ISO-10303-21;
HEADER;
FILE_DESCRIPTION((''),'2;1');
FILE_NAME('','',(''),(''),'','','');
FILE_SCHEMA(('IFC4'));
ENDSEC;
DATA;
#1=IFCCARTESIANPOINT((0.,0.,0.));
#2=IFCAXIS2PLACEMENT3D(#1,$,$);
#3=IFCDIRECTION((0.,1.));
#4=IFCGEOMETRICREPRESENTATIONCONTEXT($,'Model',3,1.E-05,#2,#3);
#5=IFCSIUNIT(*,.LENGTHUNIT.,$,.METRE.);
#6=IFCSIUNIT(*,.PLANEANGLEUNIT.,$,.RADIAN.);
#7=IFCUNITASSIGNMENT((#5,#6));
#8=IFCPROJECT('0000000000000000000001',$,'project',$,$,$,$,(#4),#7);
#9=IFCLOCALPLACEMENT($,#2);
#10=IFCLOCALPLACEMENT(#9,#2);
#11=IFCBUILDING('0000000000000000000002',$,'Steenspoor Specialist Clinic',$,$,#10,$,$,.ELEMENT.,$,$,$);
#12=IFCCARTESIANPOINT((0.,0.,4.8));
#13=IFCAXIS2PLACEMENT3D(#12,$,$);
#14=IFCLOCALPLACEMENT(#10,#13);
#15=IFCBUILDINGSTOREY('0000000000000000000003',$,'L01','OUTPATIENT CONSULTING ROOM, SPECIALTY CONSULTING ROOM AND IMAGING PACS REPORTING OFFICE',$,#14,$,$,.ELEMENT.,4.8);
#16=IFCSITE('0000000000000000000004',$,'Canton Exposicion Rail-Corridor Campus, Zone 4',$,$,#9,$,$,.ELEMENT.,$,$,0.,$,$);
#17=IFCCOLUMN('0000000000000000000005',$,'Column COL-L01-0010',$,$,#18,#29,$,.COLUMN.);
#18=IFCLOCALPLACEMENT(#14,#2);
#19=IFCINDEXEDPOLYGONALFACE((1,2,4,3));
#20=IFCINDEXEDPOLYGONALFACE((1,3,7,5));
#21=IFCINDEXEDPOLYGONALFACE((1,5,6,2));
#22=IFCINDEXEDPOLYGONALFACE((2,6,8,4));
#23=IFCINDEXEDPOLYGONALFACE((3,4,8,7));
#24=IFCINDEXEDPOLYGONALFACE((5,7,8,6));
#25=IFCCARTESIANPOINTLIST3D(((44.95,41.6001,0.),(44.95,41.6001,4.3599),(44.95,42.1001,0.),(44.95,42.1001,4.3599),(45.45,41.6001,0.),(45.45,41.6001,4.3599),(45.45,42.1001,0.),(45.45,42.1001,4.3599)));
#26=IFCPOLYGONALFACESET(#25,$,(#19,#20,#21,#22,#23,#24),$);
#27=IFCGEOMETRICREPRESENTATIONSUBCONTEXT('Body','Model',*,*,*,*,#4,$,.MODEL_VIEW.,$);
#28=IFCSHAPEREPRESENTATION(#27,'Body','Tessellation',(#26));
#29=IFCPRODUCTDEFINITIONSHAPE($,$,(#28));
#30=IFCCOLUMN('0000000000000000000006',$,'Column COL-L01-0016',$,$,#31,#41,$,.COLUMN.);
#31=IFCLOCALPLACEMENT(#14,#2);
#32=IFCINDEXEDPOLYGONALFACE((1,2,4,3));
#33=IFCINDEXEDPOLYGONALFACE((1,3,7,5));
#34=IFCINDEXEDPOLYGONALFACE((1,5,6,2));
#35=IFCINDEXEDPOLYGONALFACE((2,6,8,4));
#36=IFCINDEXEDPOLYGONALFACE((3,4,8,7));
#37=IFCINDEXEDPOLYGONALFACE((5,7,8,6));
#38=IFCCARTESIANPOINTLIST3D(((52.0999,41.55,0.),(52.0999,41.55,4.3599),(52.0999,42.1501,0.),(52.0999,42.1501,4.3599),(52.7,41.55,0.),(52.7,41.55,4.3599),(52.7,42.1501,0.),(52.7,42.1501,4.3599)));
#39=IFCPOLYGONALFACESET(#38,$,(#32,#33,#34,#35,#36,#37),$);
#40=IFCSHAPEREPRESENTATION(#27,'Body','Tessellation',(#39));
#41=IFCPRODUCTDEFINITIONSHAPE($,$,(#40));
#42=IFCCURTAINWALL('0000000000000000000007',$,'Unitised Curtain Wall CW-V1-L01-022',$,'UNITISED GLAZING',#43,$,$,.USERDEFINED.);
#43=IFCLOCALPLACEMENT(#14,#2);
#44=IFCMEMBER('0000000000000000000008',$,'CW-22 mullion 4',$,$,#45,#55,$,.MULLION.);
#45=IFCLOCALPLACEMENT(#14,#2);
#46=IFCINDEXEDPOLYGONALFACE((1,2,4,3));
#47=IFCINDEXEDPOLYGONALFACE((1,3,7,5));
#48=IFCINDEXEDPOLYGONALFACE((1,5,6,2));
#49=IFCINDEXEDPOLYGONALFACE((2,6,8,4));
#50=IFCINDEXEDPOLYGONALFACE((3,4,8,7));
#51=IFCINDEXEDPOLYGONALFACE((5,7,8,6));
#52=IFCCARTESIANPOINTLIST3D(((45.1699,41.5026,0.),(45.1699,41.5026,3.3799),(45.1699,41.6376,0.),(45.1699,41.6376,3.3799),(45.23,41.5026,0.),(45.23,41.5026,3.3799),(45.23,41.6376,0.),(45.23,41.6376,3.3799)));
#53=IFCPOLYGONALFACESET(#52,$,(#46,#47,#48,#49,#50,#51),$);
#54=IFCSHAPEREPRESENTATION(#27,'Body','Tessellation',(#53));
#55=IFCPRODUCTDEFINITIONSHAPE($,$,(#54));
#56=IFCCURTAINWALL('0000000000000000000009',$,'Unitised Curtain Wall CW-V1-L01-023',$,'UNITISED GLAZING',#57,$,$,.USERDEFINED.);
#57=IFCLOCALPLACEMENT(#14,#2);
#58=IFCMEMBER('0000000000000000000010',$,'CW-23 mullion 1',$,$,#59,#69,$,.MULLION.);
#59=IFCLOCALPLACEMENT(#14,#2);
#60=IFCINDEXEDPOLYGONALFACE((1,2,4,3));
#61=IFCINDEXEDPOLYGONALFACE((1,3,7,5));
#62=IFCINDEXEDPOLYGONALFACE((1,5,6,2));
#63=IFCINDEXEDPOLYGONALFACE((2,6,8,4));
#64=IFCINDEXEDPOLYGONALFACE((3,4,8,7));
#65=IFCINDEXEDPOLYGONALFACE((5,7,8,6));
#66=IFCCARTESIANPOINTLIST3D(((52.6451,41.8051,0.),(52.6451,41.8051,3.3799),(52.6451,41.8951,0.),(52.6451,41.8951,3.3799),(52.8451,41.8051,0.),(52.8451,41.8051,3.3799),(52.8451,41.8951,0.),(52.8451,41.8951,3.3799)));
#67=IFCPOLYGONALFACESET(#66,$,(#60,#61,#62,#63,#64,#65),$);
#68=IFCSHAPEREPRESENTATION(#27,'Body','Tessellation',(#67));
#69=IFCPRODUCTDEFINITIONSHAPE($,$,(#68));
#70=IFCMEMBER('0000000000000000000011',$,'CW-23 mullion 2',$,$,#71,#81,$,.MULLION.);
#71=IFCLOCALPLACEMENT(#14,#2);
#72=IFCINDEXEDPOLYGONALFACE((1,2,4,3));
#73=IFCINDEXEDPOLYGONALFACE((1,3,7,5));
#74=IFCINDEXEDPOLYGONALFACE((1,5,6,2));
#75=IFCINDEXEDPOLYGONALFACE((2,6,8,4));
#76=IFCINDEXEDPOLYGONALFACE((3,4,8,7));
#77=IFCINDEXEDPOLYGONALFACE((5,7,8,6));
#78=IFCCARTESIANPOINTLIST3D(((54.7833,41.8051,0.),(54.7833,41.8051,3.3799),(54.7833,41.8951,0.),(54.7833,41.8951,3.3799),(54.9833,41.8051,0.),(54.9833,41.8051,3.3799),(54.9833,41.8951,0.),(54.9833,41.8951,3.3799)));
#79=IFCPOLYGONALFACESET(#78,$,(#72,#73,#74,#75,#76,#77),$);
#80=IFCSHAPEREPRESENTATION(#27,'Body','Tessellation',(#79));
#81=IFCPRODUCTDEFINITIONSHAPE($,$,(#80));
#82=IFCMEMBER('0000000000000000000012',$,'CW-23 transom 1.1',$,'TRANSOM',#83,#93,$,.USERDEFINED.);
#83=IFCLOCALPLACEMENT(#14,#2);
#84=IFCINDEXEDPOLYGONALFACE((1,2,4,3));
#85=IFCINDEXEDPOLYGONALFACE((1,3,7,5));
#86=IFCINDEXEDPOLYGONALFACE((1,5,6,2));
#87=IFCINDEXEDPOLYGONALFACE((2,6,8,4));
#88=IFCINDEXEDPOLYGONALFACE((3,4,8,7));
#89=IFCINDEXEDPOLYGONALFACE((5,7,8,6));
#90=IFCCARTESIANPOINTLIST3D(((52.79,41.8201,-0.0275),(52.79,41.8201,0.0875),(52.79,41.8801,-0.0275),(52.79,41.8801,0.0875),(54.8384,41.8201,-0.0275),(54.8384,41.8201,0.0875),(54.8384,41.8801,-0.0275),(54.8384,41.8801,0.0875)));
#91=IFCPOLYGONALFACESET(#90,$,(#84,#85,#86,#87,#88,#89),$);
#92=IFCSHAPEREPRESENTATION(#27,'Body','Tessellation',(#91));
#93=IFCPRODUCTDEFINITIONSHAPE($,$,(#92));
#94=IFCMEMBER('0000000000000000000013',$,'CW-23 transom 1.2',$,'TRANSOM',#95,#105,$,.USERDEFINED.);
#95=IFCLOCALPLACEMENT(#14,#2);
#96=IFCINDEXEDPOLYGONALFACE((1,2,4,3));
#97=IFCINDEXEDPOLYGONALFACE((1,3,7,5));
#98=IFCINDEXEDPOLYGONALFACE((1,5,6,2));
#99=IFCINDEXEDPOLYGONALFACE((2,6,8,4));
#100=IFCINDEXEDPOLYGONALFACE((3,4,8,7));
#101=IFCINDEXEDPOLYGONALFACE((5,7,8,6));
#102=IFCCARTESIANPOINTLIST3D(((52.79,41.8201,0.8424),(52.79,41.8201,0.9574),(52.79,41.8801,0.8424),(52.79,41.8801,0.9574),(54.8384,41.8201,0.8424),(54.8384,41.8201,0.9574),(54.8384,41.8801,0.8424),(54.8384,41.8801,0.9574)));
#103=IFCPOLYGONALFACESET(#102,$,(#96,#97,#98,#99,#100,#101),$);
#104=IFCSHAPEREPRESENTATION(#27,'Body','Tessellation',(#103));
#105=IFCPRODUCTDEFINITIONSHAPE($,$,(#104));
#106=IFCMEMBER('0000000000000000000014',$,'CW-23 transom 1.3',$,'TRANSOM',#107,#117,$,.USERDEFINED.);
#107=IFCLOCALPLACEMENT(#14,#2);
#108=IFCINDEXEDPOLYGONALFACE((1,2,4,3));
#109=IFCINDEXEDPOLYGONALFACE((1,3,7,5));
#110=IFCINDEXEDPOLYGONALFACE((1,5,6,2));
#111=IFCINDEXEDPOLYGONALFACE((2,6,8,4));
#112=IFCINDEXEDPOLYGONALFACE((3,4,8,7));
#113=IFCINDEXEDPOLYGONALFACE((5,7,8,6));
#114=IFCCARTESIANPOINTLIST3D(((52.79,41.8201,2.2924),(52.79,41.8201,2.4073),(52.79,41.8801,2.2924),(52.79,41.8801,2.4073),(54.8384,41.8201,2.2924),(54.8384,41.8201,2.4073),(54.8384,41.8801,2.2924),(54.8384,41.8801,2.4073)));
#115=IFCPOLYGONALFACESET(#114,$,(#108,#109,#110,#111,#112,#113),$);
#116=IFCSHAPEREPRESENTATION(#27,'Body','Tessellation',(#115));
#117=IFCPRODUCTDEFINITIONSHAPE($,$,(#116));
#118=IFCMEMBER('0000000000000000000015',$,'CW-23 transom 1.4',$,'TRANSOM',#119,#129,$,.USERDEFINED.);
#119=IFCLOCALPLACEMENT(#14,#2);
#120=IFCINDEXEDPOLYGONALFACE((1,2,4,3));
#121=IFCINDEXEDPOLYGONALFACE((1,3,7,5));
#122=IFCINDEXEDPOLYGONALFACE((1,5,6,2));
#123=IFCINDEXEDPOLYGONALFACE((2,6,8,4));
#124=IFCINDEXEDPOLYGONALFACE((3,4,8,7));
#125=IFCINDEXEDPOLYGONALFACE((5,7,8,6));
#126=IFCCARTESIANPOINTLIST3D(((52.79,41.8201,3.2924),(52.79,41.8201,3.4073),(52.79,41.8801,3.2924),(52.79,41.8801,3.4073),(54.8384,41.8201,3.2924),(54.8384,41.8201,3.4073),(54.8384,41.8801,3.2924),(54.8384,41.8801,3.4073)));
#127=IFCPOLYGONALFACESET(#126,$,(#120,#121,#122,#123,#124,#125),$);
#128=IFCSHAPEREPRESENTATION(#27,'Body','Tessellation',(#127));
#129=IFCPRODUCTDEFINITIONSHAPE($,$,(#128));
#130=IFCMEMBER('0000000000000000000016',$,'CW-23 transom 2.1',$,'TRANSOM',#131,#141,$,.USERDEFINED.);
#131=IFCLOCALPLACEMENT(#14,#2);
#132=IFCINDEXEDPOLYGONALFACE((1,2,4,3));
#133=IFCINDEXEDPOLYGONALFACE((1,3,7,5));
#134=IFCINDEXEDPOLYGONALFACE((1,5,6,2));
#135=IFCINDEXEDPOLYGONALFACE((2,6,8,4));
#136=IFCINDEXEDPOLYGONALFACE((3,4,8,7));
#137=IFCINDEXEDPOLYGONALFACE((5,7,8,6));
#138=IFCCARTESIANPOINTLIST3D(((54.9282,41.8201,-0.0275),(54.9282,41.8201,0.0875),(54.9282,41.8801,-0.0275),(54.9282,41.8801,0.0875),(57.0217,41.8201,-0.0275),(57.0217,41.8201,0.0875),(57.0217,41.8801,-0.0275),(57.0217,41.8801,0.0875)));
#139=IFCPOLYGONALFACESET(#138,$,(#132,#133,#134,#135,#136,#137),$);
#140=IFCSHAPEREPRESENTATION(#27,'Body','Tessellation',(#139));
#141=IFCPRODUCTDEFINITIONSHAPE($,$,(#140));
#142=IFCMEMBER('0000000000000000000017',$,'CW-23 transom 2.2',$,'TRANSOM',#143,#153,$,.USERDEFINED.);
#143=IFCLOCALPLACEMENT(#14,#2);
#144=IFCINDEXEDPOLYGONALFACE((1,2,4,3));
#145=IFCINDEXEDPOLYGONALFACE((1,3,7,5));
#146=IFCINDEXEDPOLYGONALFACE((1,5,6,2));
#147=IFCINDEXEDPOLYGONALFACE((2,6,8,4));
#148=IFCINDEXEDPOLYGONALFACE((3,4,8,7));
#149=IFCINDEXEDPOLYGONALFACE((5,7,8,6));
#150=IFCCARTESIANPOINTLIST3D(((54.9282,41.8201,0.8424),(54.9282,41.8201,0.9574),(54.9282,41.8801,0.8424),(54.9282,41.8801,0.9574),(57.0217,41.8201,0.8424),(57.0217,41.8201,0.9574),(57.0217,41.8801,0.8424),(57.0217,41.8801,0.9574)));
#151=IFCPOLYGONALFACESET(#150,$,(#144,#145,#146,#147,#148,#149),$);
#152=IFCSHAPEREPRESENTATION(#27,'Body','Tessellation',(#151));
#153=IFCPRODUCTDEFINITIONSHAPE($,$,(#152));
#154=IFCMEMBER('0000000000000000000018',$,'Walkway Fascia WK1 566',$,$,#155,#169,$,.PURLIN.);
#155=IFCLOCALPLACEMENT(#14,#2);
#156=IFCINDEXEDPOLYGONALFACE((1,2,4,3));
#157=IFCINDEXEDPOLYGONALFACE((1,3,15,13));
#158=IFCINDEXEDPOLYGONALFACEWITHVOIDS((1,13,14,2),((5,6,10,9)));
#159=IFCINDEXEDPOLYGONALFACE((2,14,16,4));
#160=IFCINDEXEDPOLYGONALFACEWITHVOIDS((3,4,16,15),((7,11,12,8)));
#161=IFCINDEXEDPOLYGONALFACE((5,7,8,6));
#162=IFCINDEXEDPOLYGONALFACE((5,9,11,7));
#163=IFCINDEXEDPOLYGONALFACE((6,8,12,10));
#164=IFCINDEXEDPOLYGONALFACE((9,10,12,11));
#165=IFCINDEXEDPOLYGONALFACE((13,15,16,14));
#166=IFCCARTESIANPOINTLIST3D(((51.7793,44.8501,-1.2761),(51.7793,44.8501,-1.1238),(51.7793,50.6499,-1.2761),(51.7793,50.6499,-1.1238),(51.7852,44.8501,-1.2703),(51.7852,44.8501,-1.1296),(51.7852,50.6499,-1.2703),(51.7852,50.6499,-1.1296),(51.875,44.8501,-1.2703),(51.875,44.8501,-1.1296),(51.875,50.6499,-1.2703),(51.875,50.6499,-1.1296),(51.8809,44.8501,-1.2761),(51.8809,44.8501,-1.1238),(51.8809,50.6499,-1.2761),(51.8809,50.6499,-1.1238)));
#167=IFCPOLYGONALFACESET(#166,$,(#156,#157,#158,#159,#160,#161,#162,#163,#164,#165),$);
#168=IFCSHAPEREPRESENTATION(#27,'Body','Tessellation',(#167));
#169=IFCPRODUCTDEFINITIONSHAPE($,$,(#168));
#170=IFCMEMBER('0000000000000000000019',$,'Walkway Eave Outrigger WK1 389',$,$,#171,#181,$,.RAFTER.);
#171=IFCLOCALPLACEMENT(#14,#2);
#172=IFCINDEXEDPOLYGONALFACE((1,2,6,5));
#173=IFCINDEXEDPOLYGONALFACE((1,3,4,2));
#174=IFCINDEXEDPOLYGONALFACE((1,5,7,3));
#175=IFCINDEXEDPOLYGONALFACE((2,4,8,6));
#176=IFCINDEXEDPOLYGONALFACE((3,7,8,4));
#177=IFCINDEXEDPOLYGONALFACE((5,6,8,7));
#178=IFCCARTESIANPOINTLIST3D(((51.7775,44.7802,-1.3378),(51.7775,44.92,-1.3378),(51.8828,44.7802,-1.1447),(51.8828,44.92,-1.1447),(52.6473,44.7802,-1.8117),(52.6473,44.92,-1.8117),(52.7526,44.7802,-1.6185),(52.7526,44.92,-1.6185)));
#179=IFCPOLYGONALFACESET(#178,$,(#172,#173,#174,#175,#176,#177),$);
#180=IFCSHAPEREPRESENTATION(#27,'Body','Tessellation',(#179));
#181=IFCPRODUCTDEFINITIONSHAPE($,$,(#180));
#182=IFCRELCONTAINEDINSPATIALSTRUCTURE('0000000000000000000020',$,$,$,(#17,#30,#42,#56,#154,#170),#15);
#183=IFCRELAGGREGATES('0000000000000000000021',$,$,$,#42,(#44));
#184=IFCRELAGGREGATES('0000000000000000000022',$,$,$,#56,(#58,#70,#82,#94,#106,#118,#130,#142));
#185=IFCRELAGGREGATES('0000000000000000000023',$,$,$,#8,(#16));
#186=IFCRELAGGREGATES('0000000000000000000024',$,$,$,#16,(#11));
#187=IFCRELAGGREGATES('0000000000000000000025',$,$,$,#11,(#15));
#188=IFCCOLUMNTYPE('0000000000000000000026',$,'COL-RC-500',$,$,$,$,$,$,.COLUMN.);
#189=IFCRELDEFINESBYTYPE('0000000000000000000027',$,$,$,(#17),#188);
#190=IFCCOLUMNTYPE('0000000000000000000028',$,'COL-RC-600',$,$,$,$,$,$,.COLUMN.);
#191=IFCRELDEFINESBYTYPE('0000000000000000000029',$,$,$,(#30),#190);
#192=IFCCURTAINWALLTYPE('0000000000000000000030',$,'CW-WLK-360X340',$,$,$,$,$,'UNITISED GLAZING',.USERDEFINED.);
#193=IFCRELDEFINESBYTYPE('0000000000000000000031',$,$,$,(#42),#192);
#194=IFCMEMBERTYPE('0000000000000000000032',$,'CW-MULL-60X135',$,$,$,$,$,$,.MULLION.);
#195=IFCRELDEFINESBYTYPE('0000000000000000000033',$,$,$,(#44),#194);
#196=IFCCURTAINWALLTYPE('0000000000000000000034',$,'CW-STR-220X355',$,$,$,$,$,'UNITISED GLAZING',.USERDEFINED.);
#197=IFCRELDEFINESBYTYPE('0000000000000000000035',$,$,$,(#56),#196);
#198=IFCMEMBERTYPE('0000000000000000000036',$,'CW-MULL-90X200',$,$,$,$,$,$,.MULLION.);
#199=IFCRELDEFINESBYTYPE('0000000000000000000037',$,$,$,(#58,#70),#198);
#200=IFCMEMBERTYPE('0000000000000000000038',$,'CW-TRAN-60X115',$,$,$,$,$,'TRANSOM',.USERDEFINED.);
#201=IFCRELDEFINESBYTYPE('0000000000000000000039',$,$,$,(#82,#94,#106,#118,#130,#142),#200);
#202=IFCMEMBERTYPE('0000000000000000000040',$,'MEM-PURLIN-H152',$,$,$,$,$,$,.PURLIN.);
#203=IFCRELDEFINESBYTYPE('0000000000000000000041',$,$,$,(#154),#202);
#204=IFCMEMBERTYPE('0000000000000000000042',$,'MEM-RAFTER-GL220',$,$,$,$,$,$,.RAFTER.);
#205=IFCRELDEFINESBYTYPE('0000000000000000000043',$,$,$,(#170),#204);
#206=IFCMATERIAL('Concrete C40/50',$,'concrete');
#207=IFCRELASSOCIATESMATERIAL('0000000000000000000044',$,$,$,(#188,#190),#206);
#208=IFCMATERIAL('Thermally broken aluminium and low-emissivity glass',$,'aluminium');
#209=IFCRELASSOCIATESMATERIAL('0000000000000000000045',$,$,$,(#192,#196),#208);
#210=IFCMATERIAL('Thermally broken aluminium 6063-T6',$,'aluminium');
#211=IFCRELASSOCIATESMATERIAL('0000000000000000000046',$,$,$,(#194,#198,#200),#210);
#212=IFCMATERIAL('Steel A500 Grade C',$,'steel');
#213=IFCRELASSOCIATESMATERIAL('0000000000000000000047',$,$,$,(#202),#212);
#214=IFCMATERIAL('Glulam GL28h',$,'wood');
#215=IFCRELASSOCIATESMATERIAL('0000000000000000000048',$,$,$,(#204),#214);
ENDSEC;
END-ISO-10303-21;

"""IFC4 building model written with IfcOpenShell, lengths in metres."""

from ifc_helpers import new_model, si_unit, direction, frame, origin, origin_2d, place, context, subcontext, project, spatial, rectangle, hollow_rectangle, extrude, material, material_profile, profile_set, type_object, element, aggregate, save


model = new_model("IFC4")

# Units and contexts
model_context = context("Model", 3, precision=1e-05, world=origin(), true_north=direction((0.0, 1.0)))
body_context = subcontext(model_context, "Body", "Model", "MODEL_VIEW")
ifc_project = project(units=[si_unit("LENGTHUNIT", "METRE"), si_unit("PLANEANGLEUNIT", "RADIAN")], contexts=[model_context])

# Site, building, storey
site_placement = place(None, origin())
site = spatial("IfcSite", under=ifc_project, at=site_placement, Name="Canton Exposicion Rail-Corridor Campus, Zone 4", CompositionType="ELEMENT", RefElevation=0.0)
building_placement = place(site_placement, origin())
building = spatial("IfcBuilding", under=site, at=building_placement, Name="Steenspoor Specialist Clinic", CompositionType="ELEMENT")
storey_placement = place(building_placement, frame((0.0, 0.0, 4.8)))
storey = spatial("IfcBuildingStorey", under=building, at=storey_placement, Name="L01", Description="OUTPATIENT CONSULTING ROOM, SPECIALTY CONSULTING ROOM AND IMAGING PACS REPORTING OFFICE", CompositionType="ELEMENT", Elevation=4.8)

# Columns
ifc_material_1 = material(Name="Concrete C40/50", Category="concrete")
ifc_material_profile_1 = material_profile(ifc_material_1, rectangle(XDim=0.5, YDim=0.5, at=origin_2d()), Name="RC-COL-500X500")
ifc_profile_set_1 = profile_set([ifc_material_profile_1], Name="Concrete C40/50")
column_type_1 = type_object("IfcColumnType", Name="COL-RC-500", PredefinedType="COLUMN", material=ifc_profile_set_1)
column_1_placement = place(storey_placement, frame((45.2, 41.8501, 0.0), z_axis=(0.0, 0.0, 1.0), x_axis=(1.0, 0.0, 0.0)))
element("IfcColumn", 1, at=column_1_placement, inside=storey, type_object=column_type_1, Name="Column COL-L01-0010", PredefinedType="COLUMN", context=body_context, shape_type="SweptSolid", body=[
    extrude(rectangle(XDim=0.5, YDim=0.5, at=origin_2d()), origin(), (0.0, 0.0, 1.0), 4.3599),
])
ifc_material_profile_2 = material_profile(ifc_material_1, rectangle(XDim=0.6001, YDim=0.6001, at=origin_2d()), Name="RC-COL-600X600")
ifc_profile_set_2 = profile_set([ifc_material_profile_2], Name="Concrete C40/50")
column_type_2 = type_object("IfcColumnType", Name="COL-RC-600", PredefinedType="COLUMN", material=ifc_profile_set_2)
column_2_placement = place(storey_placement, frame((52.3999, 41.8501, 0.0), z_axis=(0.0, 0.0, 1.0), x_axis=(1.0, 0.0, 0.0)))
element("IfcColumn", 2, at=column_2_placement, inside=storey, type_object=column_type_2, Name="Column COL-L01-0016", PredefinedType="COLUMN", context=body_context, shape_type="SweptSolid", body=[
    extrude(rectangle(XDim=0.6001, YDim=0.6001, at=origin_2d()), origin(), (0.0, 0.0, 1.0), 4.3599),
])

# Curtain wall, member
ifc_material_2 = material(Name="Thermally broken aluminium and low-emissivity glass", Category="aluminium")
curtain_wall_type_1 = type_object("IfcCurtainWallType", Name="CW-WLK-360X340", ElementType="UNITISED GLAZING", PredefinedType="USERDEFINED", material=ifc_material_2)
curtain_wall_1_placement = place(storey_placement, origin())
curtain_wall_1 = element("IfcCurtainWall", 3, at=curtain_wall_1_placement, inside=storey, type_object=curtain_wall_type_1, Name="Unitised Curtain Wall CW-V1-L01-022", ObjectType="UNITISED GLAZING", PredefinedType="USERDEFINED")
ifc_material_3 = material(Name="Thermally broken aluminium 6063-T6", Category="aluminium")
ifc_material_profile_3 = material_profile(ifc_material_3, rectangle(XDim=0.0601, YDim=0.135, at=origin_2d()), Name="CWM-60X135")
ifc_profile_set_3 = profile_set([ifc_material_profile_3], Name="Thermally broken aluminium 6063-T6")
member_type_1 = type_object("IfcMemberType", Name="CW-MULL-60X135", PredefinedType="MULLION", material=ifc_profile_set_3)
member_1_placement = place(storey_placement, frame((45.2, 41.5701, 0.0), z_axis=(0.0, 0.0, 1.0), x_axis=(-1.0, 0.0, 0.0)))
member_1 = element("IfcMember", 4, at=member_1_placement, type_object=member_type_1, Name="CW-22 mullion 4", PredefinedType="MULLION", context=body_context, shape_type="SweptSolid", body=[
    extrude(rectangle(XDim=0.0601, YDim=0.135, at=origin_2d()), origin(), (0.0, 0.0, 1.0), 3.3799),
])

# Curtain wall, members
curtain_wall_type_2 = type_object("IfcCurtainWallType", Name="CW-STR-220X355", ElementType="UNITISED GLAZING", PredefinedType="USERDEFINED", material=ifc_material_2)
curtain_wall_2_placement = place(storey_placement, origin())
curtain_wall_2 = element("IfcCurtainWall", 5, at=curtain_wall_2_placement, inside=storey, type_object=curtain_wall_type_2, Name="Unitised Curtain Wall CW-V1-L01-023", ObjectType="UNITISED GLAZING", PredefinedType="USERDEFINED")
ifc_material_profile_4 = material_profile(ifc_material_3, rectangle(XDim=0.0901, YDim=0.2, at=origin_2d()), Name="CWM-90X200")
ifc_profile_set_4 = profile_set([ifc_material_profile_4], Name="Thermally broken aluminium 6063-T6")
member_type_2 = type_object("IfcMemberType", Name="CW-MULL-90X200", PredefinedType="MULLION", material=ifc_profile_set_4)
member_2_placement = place(storey_placement, frame((52.7451, 41.8501, 0.0), z_axis=(0.0, 0.0, 1.0), x_axis=(0.0, 1.0, 0.0)))
member_2 = element("IfcMember", 6, at=member_2_placement, type_object=member_type_2, Name="CW-23 mullion 1", PredefinedType="MULLION", context=body_context, shape_type="SweptSolid", body=[
    extrude(rectangle(XDim=0.0901, YDim=0.2, at=origin_2d()), origin(), (0.0, 0.0, 1.0), 3.3799),
])
member_3_placement = place(storey_placement, frame((54.8833, 41.8501, 0.0), z_axis=(0.0, 0.0, 1.0), x_axis=(0.0, 1.0, 0.0)))
member_3 = element("IfcMember", 7, at=member_3_placement, type_object=member_type_2, Name="CW-23 mullion 2", PredefinedType="MULLION", context=body_context, shape_type="SweptSolid", body=[
    extrude(rectangle(XDim=0.0901, YDim=0.2, at=origin_2d()), origin(), (0.0, 0.0, 1.0), 3.3799),
])
ifc_material_profile_5 = material_profile(ifc_material_3, rectangle(XDim=0.0601, YDim=0.115, at=origin_2d()), Name="CWT-60X115")
ifc_profile_set_5 = profile_set([ifc_material_profile_5], Name="Thermally broken aluminium 6063-T6")
member_type_3 = type_object("IfcMemberType", Name="CW-TRAN-60X115", ElementType="TRANSOM", PredefinedType="USERDEFINED", material=ifc_profile_set_5)
member_4_placement = place(storey_placement, frame((52.79, 41.8501, 0.03), z_axis=(1.0, 0.0, 0.0), x_axis=(0.0, 1.0, 0.0)))
member_4 = element("IfcMember", 8, at=member_4_placement, type_object=member_type_3, Name="CW-23 transom 1.1", ObjectType="TRANSOM", PredefinedType="USERDEFINED", context=body_context, shape_type="SweptSolid", body=[
    extrude(rectangle(XDim=0.0601, YDim=0.115, at=origin_2d()), origin(), (0.0, 0.0, 1.0), 2.0483),
])
member_5_placement = place(storey_placement, frame((52.79, 41.8501, 0.8999), z_axis=(1.0, 0.0, 0.0), x_axis=(0.0, 1.0, 0.0)))
member_5 = element("IfcMember", 9, at=member_5_placement, type_object=member_type_3, Name="CW-23 transom 1.2", ObjectType="TRANSOM", PredefinedType="USERDEFINED", context=body_context, shape_type="SweptSolid", body=[
    extrude(rectangle(XDim=0.0601, YDim=0.115, at=origin_2d()), origin(), (0.0, 0.0, 1.0), 2.0483),
])
member_6_placement = place(storey_placement, frame((52.79, 41.8501, 2.3499), z_axis=(1.0, 0.0, 0.0), x_axis=(0.0, 1.0, 0.0)))
member_6 = element("IfcMember", 10, at=member_6_placement, type_object=member_type_3, Name="CW-23 transom 1.3", ObjectType="TRANSOM", PredefinedType="USERDEFINED", context=body_context, shape_type="SweptSolid", body=[
    extrude(rectangle(XDim=0.0601, YDim=0.115, at=origin_2d()), origin(), (0.0, 0.0, 1.0), 2.0483),
])
member_7_placement = place(storey_placement, frame((52.79, 41.8501, 3.3499), z_axis=(1.0, 0.0, 0.0), x_axis=(0.0, 1.0, 0.0)))
member_7 = element("IfcMember", 11, at=member_7_placement, type_object=member_type_3, Name="CW-23 transom 1.4", ObjectType="TRANSOM", PredefinedType="USERDEFINED", context=body_context, shape_type="SweptSolid", body=[
    extrude(rectangle(XDim=0.0601, YDim=0.115, at=origin_2d()), origin(), (0.0, 0.0, 1.0), 2.0483),
])
member_8_placement = place(storey_placement, frame((54.9282, 41.8501, 0.03), z_axis=(1.0, 0.0, 0.0), x_axis=(0.0, 1.0, 0.0)))
member_8 = element("IfcMember", 12, at=member_8_placement, type_object=member_type_3, Name="CW-23 transom 2.1", ObjectType="TRANSOM", PredefinedType="USERDEFINED", context=body_context, shape_type="SweptSolid", body=[
    extrude(rectangle(XDim=0.0601, YDim=0.115, at=origin_2d()), origin(), (0.0, 0.0, 1.0), 2.0935),
])
member_9_placement = place(storey_placement, frame((54.9282, 41.8501, 0.8999), z_axis=(1.0, 0.0, 0.0), x_axis=(0.0, 1.0, 0.0)))
member_9 = element("IfcMember", 13, at=member_9_placement, type_object=member_type_3, Name="CW-23 transom 2.2", ObjectType="TRANSOM", PredefinedType="USERDEFINED", context=body_context, shape_type="SweptSolid", body=[
    extrude(rectangle(XDim=0.0601, YDim=0.115, at=origin_2d()), origin(), (0.0, 0.0, 1.0), 2.0935),
])

# Members
ifc_material_4 = material(Name="Steel A500 Grade C", Category="steel")
ifc_material_profile_6 = material_profile(ifc_material_4, hollow_rectangle(XDim=0.1016, YDim=0.1523, WallThickness=0.0059, at=origin_2d()), Name="HSS152X102X6.4")
ifc_profile_set_6 = profile_set([ifc_material_profile_6], Name="Steel A500 Grade C")
member_type_4 = type_object("IfcMemberType", Name="MEM-PURLIN-H152", PredefinedType="PURLIN", material=ifc_profile_set_6)
member_10_placement = place(storey_placement, frame((51.8301, 44.8501, -1.2), z_axis=(0.0, 1.0, 0.0), x_axis=(-1.0, 0.0, 0.0)))
element("IfcMember", 14, at=member_10_placement, inside=storey, type_object=member_type_4, Name="Walkway Fascia WK1 566", PredefinedType="PURLIN", context=body_context, shape_type="SweptSolid", body=[
    extrude(hollow_rectangle(XDim=0.1016, YDim=0.1523, WallThickness=0.0059, at=origin_2d()), origin(), (0.0, 0.0, 1.0), 5.7998),
])
ifc_material_5 = material(Name="Glulam GL28h", Category="wood")
ifc_material_profile_7 = material_profile(ifc_material_5, rectangle(XDim=0.1399, YDim=0.22, at=origin_2d()), Name="GL28H-140X220")
ifc_profile_set_7 = profile_set([ifc_material_profile_7], Name="Glulam GL28h")
member_type_5 = type_object("IfcMemberType", Name="MEM-RAFTER-GL220", PredefinedType="RAFTER", material=ifc_profile_set_7)
member_11_placement = place(storey_placement, frame((52.7, 44.8501, -1.7151), z_axis=(-0.87815, 0.0, 0.478386), x_axis=(0.0, -1.0, 0.0)))
element("IfcMember", 15, at=member_11_placement, inside=storey, type_object=member_type_5, Name="Walkway Eave Outrigger WK1 389", PredefinedType="RAFTER", context=body_context, shape_type="SweptSolid", body=[
    extrude(rectangle(XDim=0.1399, YDim=0.22, at=origin_2d()), origin(), (0.0, 0.0, 1.0), 0.9905),
])

aggregate(curtain_wall_1, [member_1])
aggregate(curtain_wall_2, [member_2, member_3, member_4, member_5, member_6, member_7, member_8, member_9])

save(model, "model.ifc")
